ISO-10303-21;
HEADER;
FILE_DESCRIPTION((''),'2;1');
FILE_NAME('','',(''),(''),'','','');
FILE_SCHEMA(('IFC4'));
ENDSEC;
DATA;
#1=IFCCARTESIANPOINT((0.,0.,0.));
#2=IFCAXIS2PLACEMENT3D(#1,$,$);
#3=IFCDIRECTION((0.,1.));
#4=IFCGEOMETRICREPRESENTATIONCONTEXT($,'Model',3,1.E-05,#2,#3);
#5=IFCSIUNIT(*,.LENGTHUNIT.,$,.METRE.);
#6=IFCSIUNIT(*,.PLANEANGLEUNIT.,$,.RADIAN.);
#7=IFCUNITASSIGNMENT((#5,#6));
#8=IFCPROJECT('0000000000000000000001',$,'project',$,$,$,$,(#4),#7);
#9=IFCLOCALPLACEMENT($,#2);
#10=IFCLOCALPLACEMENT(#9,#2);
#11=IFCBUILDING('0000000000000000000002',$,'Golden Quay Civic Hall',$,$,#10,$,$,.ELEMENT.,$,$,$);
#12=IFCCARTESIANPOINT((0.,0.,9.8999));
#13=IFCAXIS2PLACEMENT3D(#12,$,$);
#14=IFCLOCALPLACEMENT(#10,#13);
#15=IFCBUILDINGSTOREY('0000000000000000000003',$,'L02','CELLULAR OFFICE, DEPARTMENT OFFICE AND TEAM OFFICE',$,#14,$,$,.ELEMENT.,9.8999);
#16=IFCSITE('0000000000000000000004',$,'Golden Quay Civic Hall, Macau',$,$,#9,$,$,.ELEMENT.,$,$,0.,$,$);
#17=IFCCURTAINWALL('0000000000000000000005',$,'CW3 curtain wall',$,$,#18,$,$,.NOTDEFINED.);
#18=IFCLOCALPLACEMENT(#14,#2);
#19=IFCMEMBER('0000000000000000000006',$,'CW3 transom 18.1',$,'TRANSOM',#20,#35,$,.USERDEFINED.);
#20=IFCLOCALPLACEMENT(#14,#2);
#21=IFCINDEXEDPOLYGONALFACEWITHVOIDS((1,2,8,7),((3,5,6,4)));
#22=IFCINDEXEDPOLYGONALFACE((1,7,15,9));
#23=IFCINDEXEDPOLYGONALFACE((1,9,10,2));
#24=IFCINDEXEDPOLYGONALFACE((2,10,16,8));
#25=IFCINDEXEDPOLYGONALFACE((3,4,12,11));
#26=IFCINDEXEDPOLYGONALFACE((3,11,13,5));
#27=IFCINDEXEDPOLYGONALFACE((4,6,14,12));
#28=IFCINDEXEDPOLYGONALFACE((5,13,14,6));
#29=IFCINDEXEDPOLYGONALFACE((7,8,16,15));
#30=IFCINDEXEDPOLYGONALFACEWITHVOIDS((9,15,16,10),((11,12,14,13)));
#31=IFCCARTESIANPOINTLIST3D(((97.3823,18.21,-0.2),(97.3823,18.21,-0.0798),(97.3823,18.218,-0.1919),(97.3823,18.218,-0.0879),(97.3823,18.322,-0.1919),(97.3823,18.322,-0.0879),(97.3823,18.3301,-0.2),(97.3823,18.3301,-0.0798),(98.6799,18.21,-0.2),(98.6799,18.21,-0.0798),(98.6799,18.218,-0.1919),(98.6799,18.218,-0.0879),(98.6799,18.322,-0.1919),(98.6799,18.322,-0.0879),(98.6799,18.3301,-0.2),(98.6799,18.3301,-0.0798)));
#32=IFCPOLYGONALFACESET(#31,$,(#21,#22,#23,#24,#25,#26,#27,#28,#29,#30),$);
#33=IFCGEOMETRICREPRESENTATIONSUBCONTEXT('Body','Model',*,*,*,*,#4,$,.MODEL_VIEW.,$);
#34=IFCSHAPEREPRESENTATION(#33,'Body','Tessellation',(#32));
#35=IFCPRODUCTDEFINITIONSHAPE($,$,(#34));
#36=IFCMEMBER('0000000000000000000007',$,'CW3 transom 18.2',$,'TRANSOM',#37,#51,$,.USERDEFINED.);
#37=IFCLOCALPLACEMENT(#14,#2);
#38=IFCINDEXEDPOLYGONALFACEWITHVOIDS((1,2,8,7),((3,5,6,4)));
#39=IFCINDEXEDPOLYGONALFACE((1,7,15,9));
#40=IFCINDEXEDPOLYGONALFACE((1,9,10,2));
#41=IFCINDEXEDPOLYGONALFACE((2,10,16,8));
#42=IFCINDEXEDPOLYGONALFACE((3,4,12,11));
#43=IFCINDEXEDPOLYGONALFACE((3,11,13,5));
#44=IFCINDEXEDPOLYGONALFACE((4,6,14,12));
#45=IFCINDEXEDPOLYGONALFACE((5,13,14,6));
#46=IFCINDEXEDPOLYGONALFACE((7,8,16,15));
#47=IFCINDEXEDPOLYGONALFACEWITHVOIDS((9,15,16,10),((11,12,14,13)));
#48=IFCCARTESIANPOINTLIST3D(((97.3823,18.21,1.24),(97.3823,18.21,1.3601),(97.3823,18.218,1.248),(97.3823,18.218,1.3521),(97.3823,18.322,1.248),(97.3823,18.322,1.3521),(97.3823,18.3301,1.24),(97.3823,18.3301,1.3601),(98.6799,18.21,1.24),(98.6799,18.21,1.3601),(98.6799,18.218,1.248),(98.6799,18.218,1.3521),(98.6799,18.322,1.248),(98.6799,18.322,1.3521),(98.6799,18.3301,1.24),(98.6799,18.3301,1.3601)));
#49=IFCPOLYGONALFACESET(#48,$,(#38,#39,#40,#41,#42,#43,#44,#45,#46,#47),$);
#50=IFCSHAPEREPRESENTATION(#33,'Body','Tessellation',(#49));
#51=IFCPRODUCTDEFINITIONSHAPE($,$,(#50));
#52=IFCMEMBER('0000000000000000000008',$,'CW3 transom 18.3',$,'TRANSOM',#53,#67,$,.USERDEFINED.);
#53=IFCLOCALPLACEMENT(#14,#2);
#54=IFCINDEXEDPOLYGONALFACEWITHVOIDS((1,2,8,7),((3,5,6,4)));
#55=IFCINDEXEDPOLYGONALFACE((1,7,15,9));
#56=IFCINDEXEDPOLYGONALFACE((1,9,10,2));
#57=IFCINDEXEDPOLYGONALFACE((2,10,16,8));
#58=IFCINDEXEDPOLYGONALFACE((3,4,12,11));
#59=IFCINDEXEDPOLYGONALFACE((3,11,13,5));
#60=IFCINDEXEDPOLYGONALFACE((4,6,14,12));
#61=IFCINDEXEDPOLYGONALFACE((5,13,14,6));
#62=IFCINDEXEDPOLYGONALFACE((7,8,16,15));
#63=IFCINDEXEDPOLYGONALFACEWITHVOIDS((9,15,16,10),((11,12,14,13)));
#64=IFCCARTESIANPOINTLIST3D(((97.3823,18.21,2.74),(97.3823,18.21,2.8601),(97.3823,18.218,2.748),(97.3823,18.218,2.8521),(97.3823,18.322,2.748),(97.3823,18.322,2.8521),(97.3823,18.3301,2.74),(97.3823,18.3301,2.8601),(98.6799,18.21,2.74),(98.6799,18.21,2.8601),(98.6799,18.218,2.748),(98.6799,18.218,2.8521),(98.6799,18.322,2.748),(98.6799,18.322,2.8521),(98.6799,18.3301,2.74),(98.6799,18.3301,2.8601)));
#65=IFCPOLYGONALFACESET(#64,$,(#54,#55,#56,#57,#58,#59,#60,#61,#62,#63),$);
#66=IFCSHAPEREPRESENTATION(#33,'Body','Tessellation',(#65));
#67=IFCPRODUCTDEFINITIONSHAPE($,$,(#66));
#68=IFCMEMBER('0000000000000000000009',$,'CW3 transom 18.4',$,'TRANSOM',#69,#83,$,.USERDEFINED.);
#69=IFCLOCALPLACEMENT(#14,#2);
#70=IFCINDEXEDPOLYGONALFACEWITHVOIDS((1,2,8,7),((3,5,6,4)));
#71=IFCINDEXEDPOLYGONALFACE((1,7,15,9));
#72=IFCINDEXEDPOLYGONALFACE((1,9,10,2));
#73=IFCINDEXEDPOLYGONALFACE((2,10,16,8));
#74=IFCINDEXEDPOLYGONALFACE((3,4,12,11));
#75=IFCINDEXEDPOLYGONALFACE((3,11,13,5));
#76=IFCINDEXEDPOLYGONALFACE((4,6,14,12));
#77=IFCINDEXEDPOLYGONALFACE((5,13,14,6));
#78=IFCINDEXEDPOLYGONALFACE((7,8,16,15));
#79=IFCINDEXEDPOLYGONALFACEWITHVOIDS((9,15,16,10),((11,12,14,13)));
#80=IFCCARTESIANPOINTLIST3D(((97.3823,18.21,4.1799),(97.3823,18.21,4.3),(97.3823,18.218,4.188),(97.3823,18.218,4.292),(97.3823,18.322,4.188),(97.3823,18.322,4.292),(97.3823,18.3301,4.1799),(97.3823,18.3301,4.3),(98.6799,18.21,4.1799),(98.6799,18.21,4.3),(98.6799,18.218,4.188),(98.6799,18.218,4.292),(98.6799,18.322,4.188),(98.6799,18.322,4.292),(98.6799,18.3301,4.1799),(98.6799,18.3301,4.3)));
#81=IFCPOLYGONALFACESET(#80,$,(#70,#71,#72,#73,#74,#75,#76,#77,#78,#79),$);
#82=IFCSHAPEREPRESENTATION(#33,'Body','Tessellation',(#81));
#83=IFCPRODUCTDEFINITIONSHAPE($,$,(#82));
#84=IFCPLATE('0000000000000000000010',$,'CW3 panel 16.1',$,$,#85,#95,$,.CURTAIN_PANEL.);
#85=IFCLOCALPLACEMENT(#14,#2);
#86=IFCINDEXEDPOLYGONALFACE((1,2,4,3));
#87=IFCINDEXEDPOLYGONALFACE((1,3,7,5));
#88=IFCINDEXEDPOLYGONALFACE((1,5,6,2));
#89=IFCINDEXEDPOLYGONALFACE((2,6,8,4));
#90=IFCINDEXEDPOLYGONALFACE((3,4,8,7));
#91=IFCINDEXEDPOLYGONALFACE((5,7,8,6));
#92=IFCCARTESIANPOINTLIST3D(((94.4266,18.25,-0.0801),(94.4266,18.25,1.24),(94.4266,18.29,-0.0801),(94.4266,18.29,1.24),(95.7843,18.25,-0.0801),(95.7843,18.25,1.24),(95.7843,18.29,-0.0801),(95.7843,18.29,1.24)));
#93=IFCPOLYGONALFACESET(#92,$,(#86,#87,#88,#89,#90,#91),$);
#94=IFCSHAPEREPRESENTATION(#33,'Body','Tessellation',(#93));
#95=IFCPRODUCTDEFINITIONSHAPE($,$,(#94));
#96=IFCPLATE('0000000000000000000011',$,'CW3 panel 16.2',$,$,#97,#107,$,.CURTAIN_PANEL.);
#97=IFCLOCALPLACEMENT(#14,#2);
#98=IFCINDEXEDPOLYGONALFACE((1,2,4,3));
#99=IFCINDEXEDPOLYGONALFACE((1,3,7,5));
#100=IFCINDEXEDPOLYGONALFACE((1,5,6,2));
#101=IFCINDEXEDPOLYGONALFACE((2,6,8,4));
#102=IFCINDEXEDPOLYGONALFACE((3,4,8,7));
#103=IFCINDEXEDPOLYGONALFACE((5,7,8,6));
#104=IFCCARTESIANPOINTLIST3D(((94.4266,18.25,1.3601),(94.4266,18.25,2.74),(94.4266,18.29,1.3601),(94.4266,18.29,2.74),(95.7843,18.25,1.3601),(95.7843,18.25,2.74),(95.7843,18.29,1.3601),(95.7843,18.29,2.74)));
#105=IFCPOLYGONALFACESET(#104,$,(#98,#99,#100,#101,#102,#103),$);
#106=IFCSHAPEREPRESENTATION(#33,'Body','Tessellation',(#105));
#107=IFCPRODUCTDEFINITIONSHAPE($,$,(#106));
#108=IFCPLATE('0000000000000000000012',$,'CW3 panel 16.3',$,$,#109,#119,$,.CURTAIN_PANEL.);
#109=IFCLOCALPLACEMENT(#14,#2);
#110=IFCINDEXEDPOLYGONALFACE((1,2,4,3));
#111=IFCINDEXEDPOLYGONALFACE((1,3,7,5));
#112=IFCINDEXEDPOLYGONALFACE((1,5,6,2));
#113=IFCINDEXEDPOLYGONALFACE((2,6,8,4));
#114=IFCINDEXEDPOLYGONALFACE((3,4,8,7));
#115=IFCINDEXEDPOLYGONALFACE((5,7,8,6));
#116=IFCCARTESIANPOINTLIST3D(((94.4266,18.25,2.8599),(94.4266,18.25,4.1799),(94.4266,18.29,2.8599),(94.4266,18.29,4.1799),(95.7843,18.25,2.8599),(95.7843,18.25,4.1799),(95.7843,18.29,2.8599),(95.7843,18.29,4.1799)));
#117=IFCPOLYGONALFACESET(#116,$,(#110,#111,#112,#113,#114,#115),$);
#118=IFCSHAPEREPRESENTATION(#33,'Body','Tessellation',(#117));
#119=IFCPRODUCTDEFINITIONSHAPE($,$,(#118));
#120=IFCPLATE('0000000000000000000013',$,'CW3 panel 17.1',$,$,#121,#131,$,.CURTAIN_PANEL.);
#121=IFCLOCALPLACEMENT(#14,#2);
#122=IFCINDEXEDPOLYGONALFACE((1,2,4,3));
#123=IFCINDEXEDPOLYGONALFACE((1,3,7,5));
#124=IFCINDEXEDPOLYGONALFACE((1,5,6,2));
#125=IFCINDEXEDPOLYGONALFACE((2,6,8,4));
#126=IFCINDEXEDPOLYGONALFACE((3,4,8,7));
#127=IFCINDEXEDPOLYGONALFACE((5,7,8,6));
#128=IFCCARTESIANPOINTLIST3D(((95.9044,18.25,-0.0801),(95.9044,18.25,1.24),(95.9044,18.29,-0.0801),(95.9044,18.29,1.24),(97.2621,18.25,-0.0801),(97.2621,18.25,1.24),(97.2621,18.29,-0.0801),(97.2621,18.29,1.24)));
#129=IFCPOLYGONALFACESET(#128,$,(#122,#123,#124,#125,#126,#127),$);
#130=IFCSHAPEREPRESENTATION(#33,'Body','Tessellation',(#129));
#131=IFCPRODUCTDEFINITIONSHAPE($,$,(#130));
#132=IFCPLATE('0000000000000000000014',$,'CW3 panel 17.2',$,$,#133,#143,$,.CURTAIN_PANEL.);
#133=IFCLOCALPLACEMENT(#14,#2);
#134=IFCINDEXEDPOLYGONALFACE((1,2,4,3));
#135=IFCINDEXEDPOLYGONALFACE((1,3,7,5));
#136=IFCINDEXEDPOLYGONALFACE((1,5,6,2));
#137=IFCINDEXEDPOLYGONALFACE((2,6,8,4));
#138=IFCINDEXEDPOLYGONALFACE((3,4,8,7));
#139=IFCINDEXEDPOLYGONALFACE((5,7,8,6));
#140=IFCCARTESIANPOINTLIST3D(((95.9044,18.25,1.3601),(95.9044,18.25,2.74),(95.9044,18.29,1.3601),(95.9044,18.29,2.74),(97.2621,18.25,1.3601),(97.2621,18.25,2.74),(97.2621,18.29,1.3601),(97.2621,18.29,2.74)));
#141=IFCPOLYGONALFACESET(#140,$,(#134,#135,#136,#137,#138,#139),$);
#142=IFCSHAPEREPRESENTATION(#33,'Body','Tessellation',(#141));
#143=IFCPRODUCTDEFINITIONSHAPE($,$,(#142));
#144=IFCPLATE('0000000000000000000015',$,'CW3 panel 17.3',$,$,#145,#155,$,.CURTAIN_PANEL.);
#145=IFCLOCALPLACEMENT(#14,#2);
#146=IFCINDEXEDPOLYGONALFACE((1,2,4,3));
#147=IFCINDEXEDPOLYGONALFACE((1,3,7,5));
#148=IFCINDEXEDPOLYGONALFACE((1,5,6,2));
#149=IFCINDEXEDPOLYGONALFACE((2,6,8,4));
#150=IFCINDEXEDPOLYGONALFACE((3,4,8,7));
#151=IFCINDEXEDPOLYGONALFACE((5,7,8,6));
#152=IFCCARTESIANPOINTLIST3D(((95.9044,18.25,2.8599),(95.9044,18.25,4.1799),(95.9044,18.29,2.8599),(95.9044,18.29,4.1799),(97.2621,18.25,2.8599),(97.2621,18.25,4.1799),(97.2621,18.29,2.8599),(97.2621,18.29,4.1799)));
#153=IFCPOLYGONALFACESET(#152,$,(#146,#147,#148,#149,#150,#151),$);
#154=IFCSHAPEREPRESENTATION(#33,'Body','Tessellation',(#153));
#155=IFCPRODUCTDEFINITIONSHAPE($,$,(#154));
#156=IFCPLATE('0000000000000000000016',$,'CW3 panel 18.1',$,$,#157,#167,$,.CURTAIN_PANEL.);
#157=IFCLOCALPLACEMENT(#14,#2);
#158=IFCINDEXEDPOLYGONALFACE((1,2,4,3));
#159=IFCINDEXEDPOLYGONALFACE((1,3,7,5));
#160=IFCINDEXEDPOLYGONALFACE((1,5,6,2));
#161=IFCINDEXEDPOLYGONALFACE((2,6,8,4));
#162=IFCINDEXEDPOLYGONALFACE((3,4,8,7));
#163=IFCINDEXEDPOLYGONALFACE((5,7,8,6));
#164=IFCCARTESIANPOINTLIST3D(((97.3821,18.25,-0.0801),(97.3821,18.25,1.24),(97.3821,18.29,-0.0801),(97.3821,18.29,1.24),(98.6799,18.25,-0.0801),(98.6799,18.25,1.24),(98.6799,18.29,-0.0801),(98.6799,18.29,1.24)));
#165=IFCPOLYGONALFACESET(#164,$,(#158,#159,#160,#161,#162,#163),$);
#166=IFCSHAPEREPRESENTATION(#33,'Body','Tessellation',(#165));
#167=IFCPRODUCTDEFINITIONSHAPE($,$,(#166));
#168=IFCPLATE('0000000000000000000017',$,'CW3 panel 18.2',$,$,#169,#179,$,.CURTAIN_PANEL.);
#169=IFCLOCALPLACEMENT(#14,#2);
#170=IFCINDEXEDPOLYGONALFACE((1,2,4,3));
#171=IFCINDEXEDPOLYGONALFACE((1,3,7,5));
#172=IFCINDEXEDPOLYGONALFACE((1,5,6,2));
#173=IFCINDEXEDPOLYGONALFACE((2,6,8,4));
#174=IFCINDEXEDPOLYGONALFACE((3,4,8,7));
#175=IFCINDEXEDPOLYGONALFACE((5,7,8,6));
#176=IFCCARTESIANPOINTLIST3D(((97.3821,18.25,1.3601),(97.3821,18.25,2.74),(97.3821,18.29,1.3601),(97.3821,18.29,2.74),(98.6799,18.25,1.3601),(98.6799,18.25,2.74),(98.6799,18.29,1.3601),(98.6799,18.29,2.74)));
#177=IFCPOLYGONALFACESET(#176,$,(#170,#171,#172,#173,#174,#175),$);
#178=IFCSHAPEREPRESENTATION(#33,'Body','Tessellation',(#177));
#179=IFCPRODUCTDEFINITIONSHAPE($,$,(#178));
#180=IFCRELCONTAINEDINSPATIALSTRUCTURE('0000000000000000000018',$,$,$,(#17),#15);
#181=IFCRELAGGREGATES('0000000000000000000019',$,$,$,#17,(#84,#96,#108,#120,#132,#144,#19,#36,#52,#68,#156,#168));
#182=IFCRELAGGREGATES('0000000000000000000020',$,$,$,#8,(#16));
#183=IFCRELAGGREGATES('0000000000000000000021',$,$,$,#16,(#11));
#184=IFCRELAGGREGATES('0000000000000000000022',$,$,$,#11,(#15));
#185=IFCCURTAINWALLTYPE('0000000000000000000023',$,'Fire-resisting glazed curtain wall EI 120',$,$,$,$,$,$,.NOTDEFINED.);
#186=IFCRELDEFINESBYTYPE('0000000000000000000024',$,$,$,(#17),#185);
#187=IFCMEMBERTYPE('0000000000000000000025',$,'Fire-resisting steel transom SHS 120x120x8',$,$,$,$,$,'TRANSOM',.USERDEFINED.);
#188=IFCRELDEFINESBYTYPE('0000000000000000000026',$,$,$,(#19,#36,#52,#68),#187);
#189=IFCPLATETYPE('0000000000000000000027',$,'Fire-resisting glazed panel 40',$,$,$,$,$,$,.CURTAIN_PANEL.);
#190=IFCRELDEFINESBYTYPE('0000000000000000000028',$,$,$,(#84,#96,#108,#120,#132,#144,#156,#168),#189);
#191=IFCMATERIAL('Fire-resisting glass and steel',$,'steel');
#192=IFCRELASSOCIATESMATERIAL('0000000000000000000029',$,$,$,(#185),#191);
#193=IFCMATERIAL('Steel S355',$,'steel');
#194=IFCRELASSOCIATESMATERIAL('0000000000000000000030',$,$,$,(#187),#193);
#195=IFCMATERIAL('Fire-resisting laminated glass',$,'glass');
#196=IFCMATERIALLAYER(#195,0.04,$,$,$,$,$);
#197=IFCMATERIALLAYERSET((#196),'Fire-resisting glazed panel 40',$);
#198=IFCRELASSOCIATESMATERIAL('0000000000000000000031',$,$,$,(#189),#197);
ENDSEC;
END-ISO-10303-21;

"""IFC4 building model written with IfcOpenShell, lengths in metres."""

from ifc_helpers import new_model, si_unit, direction, frame, origin, origin_2d, place, context, subcontext, project, spatial, rectangle, hollow_rectangle, extrude, material, layer, layer_set, material_profile, profile_set, type_object, element, aggregate, save


model = new_model("IFC4")

# Units and contexts
model_context = context("Model", 3, precision=1e-05, world=origin(), true_north=direction((0.0, 1.0)))
body_context = subcontext(model_context, "Body", "Model", "MODEL_VIEW")
ifc_project = project(units=[si_unit("LENGTHUNIT", "METRE"), si_unit("PLANEANGLEUNIT", "RADIAN")], contexts=[model_context])

# Site, building, storey
site_placement = place(None, origin())
site = spatial("IfcSite", under=ifc_project, at=site_placement, Name="Golden Quay Civic Hall, Macau", CompositionType="ELEMENT", RefElevation=0.0)
building_placement = place(site_placement, origin())
building = spatial("IfcBuilding", under=site, at=building_placement, Name="Golden Quay Civic Hall", CompositionType="ELEMENT")
storey_placement = place(building_placement, frame((0.0, 0.0, 9.8999)))
storey = spatial("IfcBuildingStorey", under=building, at=storey_placement, Name="L02", Description="CELLULAR OFFICE, DEPARTMENT OFFICE AND TEAM OFFICE", CompositionType="ELEMENT", Elevation=9.8999)

# Curtain wall, members, plates
ifc_material_1 = material(Name="Fire-resisting glass and steel", Category="steel")
curtain_wall_type = type_object("IfcCurtainWallType", Name="Fire-resisting glazed curtain wall EI 120", PredefinedType="NOTDEFINED", material=ifc_material_1)
curtain_wall_placement = place(storey_placement, origin())
curtain_wall = element("IfcCurtainWall", 1, at=curtain_wall_placement, inside=storey, type_object=curtain_wall_type, Name="CW3 curtain wall", PredefinedType="NOTDEFINED")
ifc_material_2 = material(Name="Steel S355", Category="steel")
ifc_material_profile_1 = material_profile(ifc_material_2, hollow_rectangle(XDim=0.1201, YDim=0.1201, WallThickness=0.0081, at=origin_2d()), Name="SHS 120x120x8")
ifc_profile_set_1 = profile_set([ifc_material_profile_1], Name="Steel S355")
member_type_1 = type_object("IfcMemberType", Name="Fire-resisting steel transom SHS 120x120x8", ElementType="TRANSOM", PredefinedType="USERDEFINED", material=ifc_profile_set_1)
member_1_placement = place(storey_placement, frame((97.3823, 18.27, -0.1399), z_axis=(1.0, 0.0, 0.0), x_axis=(0.0, 1.0, 0.0)))
member_1 = element("IfcMember", 2, at=member_1_placement, type_object=member_type_1, Name="CW3 transom 18.1", ObjectType="TRANSOM", PredefinedType="USERDEFINED", context=body_context, shape_type="SweptSolid", body=[
    extrude(hollow_rectangle(XDim=0.1201, YDim=0.1201, WallThickness=0.0081, at=origin_2d()), origin(), (0.0, 0.0, 1.0), 1.2976),
])
member_2_placement = place(storey_placement, frame((97.3823, 18.27, 1.3), z_axis=(1.0, 0.0, 0.0), x_axis=(0.0, 1.0, 0.0)))
member_2 = element("IfcMember", 3, at=member_2_placement, type_object=member_type_1, Name="CW3 transom 18.2", ObjectType="TRANSOM", PredefinedType="USERDEFINED", context=body_context, shape_type="SweptSolid", body=[
    extrude(hollow_rectangle(XDim=0.1201, YDim=0.1201, WallThickness=0.0081, at=origin_2d()), origin(), (0.0, 0.0, 1.0), 1.2976),
])
member_3_placement = place(storey_placement, frame((97.3823, 18.27, 2.8), z_axis=(1.0, 0.0, 0.0), x_axis=(0.0, 1.0, 0.0)))
member_3 = element("IfcMember", 4, at=member_3_placement, type_object=member_type_1, Name="CW3 transom 18.3", ObjectType="TRANSOM", PredefinedType="USERDEFINED", context=body_context, shape_type="SweptSolid", body=[
    extrude(hollow_rectangle(XDim=0.1201, YDim=0.1201, WallThickness=0.0081, at=origin_2d()), origin(), (0.0, 0.0, 1.0), 1.2976),
])
member_4_placement = place(storey_placement, frame((97.3823, 18.27, 4.24), z_axis=(1.0, 0.0, 0.0), x_axis=(0.0, 1.0, 0.0)))
member_4 = element("IfcMember", 5, at=member_4_placement, type_object=member_type_1, Name="CW3 transom 18.4", ObjectType="TRANSOM", PredefinedType="USERDEFINED", context=body_context, shape_type="SweptSolid", body=[
    extrude(hollow_rectangle(XDim=0.1201, YDim=0.1201, WallThickness=0.0081, at=origin_2d()), origin(), (0.0, 0.0, 1.0), 1.2976),
])
ifc_material_3 = material(Name="Fire-resisting laminated glass", Category="glass")
ifc_layer = layer(ifc_material_3, 0.04)
ifc_layer_set = layer_set([ifc_layer], Name="Fire-resisting glazed panel 40")
plate_type = type_object("IfcPlateType", Name="Fire-resisting glazed panel 40", PredefinedType="CURTAIN_PANEL", material=ifc_layer_set)
plate_1_placement = place(storey_placement, frame((95.1055, 18.27, -0.0801), z_axis=(0.0, 0.0, 1.0), x_axis=(1.0, 0.0, 0.0)))
plate_1 = element("IfcPlate", 6, at=plate_1_placement, type_object=plate_type, Name="CW3 panel 16.1", PredefinedType="CURTAIN_PANEL", context=body_context, shape_type="SweptSolid", body=[
    extrude(rectangle(XDim=1.3577, YDim=0.04, at=origin_2d()), origin(), (0.0, 0.0, 1.0), 1.3201),
])
plate_2_placement = place(storey_placement, frame((95.1055, 18.27, 1.3601), z_axis=(0.0, 0.0, 1.0), x_axis=(1.0, 0.0, 0.0)))
plate_2 = element("IfcPlate", 7, at=plate_2_placement, type_object=plate_type, Name="CW3 panel 16.2", PredefinedType="CURTAIN_PANEL", context=body_context, shape_type="SweptSolid", body=[
    extrude(rectangle(XDim=1.3577, YDim=0.04, at=origin_2d()), origin(), (0.0, 0.0, 1.0), 1.3799),
])
plate_3_placement = place(storey_placement, frame((95.1055, 18.27, 2.8599), z_axis=(0.0, 0.0, 1.0), x_axis=(1.0, 0.0, 0.0)))
plate_3 = element("IfcPlate", 8, at=plate_3_placement, type_object=plate_type, Name="CW3 panel 16.3", PredefinedType="CURTAIN_PANEL", context=body_context, shape_type="SweptSolid", body=[
    extrude(rectangle(XDim=1.3577, YDim=0.04, at=origin_2d()), origin(), (0.0, 0.0, 1.0), 1.3201),
])
plate_4_placement = place(storey_placement, frame((96.5833, 18.27, -0.0801), z_axis=(0.0, 0.0, 1.0), x_axis=(1.0, 0.0, 0.0)))
plate_4 = element("IfcPlate", 9, at=plate_4_placement, type_object=plate_type, Name="CW3 panel 17.1", PredefinedType="CURTAIN_PANEL", context=body_context, shape_type="SweptSolid", body=[
    extrude(rectangle(XDim=1.3577, YDim=0.04, at=origin_2d()), origin(), (0.0, 0.0, 1.0), 1.3201),
])
plate_5_placement = place(storey_placement, frame((96.5833, 18.27, 1.3601), z_axis=(0.0, 0.0, 1.0), x_axis=(1.0, 0.0, 0.0)))
plate_5 = element("IfcPlate", 10, at=plate_5_placement, type_object=plate_type, Name="CW3 panel 17.2", PredefinedType="CURTAIN_PANEL", context=body_context, shape_type="SweptSolid", body=[
    extrude(rectangle(XDim=1.3577, YDim=0.04, at=origin_2d()), origin(), (0.0, 0.0, 1.0), 1.3799),
])
plate_6_placement = place(storey_placement, frame((96.5833, 18.27, 2.8599), z_axis=(0.0, 0.0, 1.0), x_axis=(1.0, 0.0, 0.0)))
plate_6 = element("IfcPlate", 11, at=plate_6_placement, type_object=plate_type, Name="CW3 panel 17.3", PredefinedType="CURTAIN_PANEL", context=body_context, shape_type="SweptSolid", body=[
    extrude(rectangle(XDim=1.3577, YDim=0.04, at=origin_2d()), origin(), (0.0, 0.0, 1.0), 1.3201),
])
plate_7_placement = place(storey_placement, frame((98.031, 18.27, -0.0801), z_axis=(0.0, 0.0, 1.0), x_axis=(1.0, 0.0, 0.0)))
plate_7 = element("IfcPlate", 12, at=plate_7_placement, type_object=plate_type, Name="CW3 panel 18.1", PredefinedType="CURTAIN_PANEL", context=body_context, shape_type="SweptSolid", body=[
    extrude(rectangle(XDim=1.2979, YDim=0.04, at=origin_2d()), origin(), (0.0, 0.0, 1.0), 1.3201),
])
plate_8_placement = place(storey_placement, frame((98.031, 18.27, 1.3601), z_axis=(0.0, 0.0, 1.0), x_axis=(1.0, 0.0, 0.0)))
plate_8 = element("IfcPlate", 13, at=plate_8_placement, type_object=plate_type, Name="CW3 panel 18.2", PredefinedType="CURTAIN_PANEL", context=body_context, shape_type="SweptSolid", body=[
    extrude(rectangle(XDim=1.2979, YDim=0.04, at=origin_2d()), origin(), (0.0, 0.0, 1.0), 1.3799),
])
aggregate(curtain_wall, [plate_1, plate_2, plate_3, plate_4, plate_5, plate_6, member_1, member_2, member_3, member_4, plate_7, plate_8])

save(model, "model.ifc")
